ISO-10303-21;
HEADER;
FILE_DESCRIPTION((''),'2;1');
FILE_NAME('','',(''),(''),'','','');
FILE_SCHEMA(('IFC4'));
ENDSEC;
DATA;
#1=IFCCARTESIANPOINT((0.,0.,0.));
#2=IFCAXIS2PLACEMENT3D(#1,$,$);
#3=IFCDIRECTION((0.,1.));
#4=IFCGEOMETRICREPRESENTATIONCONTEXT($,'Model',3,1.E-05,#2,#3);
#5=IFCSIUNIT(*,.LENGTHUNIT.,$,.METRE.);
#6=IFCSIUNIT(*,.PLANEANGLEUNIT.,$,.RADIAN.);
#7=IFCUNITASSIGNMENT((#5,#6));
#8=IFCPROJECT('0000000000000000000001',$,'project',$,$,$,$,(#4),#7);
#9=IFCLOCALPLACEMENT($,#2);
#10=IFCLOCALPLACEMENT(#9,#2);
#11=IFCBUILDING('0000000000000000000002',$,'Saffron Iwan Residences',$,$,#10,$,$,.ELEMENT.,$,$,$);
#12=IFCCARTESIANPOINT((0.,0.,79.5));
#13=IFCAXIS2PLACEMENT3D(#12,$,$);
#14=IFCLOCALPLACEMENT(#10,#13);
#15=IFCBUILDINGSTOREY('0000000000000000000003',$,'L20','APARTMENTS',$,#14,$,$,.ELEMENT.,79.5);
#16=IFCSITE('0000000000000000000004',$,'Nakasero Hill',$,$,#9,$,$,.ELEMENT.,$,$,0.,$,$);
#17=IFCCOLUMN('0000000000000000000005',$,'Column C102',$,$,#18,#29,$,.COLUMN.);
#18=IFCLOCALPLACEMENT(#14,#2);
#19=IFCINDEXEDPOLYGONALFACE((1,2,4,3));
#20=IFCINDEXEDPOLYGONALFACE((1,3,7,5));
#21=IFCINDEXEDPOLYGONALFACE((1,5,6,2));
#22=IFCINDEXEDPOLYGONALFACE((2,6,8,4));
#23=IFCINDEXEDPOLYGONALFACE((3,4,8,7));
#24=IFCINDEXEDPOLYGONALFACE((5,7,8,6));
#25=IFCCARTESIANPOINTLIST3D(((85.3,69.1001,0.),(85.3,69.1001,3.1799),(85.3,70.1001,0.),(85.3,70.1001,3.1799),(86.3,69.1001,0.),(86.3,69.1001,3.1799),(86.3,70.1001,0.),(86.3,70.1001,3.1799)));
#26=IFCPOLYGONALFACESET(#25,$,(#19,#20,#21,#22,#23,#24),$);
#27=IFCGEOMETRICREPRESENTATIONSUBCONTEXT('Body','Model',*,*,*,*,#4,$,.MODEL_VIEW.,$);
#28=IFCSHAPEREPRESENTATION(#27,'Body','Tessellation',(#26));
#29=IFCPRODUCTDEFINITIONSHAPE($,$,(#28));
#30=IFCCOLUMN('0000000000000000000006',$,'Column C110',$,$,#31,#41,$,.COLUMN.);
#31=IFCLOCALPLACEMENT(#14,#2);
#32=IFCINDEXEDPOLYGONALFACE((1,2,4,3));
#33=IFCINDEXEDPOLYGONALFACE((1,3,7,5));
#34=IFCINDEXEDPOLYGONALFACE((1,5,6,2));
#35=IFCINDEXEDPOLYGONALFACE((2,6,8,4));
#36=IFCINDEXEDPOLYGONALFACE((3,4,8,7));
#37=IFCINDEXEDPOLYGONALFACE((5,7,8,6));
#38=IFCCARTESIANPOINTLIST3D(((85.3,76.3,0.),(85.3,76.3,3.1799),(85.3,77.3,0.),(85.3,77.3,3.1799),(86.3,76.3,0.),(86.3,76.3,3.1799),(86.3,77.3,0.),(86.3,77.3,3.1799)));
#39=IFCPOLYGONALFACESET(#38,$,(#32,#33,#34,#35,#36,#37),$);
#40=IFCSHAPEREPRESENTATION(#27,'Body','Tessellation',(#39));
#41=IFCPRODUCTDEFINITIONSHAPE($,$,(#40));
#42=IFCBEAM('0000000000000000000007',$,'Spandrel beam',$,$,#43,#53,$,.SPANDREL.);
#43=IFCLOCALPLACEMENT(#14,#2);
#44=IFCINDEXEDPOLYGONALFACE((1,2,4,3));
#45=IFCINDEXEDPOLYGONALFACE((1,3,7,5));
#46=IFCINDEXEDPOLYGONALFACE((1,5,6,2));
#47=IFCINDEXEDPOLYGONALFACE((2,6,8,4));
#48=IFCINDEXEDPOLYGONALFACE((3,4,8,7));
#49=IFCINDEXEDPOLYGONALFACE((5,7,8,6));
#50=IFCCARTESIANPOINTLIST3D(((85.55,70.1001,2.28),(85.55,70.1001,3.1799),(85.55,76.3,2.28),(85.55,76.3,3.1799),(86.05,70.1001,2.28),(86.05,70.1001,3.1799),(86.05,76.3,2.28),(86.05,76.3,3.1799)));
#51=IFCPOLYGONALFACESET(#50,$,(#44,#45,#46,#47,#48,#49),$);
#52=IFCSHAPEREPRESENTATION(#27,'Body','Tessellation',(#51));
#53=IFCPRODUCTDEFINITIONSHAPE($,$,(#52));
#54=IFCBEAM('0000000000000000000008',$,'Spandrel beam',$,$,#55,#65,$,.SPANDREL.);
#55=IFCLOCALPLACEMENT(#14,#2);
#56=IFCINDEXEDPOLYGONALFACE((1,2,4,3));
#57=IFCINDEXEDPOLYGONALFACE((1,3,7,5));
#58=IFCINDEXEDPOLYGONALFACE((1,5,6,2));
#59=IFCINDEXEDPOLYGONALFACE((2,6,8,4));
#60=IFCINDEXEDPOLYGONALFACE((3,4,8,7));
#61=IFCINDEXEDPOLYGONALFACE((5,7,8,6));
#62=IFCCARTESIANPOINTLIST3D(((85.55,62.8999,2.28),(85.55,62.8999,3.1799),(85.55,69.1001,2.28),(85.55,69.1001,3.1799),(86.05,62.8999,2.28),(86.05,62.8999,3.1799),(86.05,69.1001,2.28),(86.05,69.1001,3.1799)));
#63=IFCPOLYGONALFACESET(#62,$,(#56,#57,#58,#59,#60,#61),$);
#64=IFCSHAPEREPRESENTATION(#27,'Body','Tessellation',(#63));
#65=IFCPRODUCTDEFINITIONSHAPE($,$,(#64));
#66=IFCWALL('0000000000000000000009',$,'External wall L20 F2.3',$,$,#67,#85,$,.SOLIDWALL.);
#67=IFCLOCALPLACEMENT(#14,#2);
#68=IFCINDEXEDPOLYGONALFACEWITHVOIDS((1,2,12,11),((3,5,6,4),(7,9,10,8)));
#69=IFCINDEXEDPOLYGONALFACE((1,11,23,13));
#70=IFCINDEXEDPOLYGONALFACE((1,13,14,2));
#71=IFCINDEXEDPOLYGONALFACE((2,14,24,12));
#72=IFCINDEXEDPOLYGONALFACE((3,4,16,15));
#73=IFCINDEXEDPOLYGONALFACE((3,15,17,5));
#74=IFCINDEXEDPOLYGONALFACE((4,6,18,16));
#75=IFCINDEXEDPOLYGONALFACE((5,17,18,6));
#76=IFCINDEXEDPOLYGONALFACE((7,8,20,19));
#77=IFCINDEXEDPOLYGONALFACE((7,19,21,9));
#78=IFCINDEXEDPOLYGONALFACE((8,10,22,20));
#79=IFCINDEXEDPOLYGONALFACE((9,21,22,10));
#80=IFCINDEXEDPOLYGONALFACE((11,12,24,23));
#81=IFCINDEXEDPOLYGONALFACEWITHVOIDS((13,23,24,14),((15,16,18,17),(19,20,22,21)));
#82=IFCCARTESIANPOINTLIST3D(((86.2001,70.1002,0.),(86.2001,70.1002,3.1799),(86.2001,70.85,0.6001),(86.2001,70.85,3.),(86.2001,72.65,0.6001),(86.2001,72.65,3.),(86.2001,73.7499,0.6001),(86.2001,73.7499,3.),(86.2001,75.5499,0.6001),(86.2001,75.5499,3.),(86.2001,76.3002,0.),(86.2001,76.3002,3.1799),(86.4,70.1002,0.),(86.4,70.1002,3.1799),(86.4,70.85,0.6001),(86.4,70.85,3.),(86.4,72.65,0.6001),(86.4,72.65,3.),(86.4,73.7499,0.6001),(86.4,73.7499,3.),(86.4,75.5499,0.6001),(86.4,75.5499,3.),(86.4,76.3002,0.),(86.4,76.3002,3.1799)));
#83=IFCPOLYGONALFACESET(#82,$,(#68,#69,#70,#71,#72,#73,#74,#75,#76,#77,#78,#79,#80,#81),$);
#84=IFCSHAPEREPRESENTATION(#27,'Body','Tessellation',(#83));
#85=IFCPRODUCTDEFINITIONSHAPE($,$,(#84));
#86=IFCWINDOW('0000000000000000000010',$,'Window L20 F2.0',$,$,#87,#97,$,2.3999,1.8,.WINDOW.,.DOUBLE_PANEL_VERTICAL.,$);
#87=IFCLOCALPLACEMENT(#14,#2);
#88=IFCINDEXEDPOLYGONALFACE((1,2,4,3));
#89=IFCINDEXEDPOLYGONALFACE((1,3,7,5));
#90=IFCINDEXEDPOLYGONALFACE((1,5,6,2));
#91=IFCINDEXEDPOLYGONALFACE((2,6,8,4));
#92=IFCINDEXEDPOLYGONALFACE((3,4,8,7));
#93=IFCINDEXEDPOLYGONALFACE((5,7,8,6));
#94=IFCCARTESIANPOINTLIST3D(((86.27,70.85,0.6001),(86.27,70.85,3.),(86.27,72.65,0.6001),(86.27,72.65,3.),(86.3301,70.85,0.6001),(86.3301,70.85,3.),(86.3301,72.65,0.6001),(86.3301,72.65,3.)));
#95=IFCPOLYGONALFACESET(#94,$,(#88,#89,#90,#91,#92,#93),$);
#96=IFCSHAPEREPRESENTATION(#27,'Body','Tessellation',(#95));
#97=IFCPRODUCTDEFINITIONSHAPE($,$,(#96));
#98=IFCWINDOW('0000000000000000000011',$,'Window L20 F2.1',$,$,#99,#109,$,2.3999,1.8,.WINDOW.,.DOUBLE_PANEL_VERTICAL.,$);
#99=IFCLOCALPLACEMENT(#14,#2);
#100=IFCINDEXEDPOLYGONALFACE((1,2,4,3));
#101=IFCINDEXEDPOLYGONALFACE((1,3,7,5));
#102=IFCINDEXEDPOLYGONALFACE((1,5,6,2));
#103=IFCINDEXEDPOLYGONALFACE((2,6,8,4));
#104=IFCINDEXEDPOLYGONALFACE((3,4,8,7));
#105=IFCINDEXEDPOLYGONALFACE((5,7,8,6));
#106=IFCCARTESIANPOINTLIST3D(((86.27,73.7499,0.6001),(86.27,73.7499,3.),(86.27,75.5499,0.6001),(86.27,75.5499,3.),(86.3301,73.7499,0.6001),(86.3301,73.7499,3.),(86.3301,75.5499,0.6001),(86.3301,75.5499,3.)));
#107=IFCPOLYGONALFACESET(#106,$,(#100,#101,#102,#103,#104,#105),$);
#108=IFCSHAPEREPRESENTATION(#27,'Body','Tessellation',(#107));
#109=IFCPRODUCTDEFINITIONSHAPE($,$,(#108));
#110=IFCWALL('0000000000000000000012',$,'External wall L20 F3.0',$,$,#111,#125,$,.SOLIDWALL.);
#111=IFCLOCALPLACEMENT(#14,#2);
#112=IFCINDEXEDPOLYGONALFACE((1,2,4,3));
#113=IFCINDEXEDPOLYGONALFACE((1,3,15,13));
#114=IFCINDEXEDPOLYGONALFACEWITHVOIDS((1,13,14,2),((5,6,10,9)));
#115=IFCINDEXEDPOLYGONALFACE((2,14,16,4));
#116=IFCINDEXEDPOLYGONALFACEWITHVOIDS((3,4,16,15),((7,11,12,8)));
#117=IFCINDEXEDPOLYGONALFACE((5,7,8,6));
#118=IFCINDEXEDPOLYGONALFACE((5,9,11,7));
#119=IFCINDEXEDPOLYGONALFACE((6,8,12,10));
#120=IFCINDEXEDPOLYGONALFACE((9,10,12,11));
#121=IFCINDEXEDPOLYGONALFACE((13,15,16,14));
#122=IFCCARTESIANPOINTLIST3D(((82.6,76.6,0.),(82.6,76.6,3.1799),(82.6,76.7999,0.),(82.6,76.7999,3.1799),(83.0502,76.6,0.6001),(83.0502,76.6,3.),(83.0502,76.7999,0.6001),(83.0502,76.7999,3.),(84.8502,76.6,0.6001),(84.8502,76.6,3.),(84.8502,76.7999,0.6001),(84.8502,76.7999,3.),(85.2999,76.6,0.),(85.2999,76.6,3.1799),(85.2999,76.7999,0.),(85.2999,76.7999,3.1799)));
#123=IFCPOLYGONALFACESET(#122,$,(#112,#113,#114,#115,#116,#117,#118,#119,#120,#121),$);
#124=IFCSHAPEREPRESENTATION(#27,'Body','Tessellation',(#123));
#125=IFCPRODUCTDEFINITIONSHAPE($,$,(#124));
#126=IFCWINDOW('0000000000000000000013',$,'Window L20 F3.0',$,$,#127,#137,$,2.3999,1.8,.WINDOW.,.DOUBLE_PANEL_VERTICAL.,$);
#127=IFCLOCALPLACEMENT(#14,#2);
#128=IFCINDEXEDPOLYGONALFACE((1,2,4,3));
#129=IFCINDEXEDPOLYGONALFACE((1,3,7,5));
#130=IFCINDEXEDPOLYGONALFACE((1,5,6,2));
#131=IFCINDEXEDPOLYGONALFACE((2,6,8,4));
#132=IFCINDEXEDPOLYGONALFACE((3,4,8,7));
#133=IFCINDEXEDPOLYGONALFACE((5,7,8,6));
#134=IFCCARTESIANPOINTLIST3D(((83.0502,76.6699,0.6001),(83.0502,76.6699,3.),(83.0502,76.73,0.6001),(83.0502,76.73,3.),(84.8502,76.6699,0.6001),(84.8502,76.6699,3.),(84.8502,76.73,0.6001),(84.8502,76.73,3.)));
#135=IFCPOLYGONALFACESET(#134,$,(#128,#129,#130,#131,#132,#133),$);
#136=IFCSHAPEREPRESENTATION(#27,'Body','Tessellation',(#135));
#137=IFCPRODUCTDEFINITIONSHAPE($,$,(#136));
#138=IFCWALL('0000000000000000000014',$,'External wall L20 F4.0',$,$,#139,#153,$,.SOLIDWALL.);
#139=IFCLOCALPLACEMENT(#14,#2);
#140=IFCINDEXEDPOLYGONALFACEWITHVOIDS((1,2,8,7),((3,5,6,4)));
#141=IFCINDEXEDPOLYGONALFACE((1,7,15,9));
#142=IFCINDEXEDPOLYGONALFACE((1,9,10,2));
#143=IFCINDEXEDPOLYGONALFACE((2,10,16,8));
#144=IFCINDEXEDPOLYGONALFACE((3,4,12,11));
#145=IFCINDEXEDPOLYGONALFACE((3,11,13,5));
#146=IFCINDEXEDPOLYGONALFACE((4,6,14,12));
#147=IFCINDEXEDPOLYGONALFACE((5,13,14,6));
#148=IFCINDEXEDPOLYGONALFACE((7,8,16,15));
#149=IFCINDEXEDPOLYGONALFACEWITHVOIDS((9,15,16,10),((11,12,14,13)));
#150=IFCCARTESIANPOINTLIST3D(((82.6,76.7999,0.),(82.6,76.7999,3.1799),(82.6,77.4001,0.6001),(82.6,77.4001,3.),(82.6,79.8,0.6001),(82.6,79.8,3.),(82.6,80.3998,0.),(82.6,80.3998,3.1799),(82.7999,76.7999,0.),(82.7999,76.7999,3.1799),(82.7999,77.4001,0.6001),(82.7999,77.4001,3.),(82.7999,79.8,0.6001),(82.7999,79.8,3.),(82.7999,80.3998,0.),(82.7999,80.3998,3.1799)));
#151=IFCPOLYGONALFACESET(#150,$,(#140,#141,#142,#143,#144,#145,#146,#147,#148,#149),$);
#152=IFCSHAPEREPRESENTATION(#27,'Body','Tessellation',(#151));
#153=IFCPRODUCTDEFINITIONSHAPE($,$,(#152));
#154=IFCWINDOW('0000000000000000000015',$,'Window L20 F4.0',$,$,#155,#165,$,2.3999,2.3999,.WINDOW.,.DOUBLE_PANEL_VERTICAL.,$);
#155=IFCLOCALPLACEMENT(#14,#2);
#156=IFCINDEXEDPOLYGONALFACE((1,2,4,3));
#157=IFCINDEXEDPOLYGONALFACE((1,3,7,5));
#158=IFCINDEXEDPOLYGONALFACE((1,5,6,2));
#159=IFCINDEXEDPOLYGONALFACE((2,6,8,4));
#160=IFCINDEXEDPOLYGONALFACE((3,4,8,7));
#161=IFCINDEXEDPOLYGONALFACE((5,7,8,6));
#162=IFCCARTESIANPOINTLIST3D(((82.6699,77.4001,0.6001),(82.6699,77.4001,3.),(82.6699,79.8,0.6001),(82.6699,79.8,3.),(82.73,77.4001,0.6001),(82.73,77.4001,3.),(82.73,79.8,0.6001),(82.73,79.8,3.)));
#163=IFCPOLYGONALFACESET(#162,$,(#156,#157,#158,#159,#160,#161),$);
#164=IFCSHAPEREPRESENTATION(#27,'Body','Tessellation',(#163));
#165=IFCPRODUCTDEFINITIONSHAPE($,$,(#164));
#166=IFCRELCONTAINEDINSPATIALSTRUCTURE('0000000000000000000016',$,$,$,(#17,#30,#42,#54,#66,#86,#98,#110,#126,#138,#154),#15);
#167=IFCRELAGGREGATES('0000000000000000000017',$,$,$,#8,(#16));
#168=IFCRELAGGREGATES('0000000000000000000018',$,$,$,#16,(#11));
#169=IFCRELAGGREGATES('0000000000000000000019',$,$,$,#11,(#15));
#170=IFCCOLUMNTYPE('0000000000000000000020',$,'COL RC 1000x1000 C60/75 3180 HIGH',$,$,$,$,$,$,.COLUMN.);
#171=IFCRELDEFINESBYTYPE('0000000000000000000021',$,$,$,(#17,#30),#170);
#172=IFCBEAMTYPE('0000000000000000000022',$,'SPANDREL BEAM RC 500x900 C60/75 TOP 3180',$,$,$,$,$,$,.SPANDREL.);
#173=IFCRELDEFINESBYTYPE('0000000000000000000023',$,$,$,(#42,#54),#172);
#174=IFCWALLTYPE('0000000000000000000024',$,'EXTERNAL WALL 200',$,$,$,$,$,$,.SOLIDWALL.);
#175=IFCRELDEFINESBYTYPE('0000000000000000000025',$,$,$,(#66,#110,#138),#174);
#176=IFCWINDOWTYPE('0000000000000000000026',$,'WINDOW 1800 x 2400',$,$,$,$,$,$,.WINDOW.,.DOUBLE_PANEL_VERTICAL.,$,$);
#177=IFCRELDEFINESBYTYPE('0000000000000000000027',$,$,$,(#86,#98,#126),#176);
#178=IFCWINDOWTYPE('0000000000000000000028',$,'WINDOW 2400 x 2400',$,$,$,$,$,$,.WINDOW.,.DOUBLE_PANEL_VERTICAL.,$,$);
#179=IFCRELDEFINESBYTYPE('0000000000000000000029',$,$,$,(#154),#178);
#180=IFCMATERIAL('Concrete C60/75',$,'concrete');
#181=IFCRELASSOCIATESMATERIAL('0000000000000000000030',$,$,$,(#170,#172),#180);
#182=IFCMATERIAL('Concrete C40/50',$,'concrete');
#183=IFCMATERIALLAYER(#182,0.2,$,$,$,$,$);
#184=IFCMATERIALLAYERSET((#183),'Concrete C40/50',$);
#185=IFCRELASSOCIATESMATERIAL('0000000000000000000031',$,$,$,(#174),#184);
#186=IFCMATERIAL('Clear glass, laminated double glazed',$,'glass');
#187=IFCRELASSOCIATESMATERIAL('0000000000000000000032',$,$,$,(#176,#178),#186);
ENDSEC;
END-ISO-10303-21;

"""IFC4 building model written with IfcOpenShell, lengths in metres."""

from ifc_helpers import new_model, si_unit, direction, frame, frame_2d, origin, origin_2d, place, context, subcontext, project, spatial, rectangle, extrude, source, transform, mapped, material, layer, layer_set, material_profile, profile_set, type_object, element, fill, save


model = new_model("IFC4")

# Units and contexts
model_context = context("Model", 3, precision=1e-05, world=origin(), true_north=direction((0.0, 1.0)))
body_context = subcontext(model_context, "Body", "Model", "MODEL_VIEW")
ifc_project = project(units=[si_unit("LENGTHUNIT", "METRE"), si_unit("PLANEANGLEUNIT", "RADIAN")], contexts=[model_context])

# Site, building, storey
site_placement = place(None, origin())
site = spatial("IfcSite", under=ifc_project, at=site_placement, Name="Nakasero Hill", CompositionType="ELEMENT", RefElevation=0.0)
building_placement = place(site_placement, origin())
building = spatial("IfcBuilding", under=site, at=building_placement, Name="Saffron Iwan Residences", CompositionType="ELEMENT")
storey_placement = place(building_placement, frame((0.0, 0.0, 79.5)))
storey = spatial("IfcBuildingStorey", under=building, at=storey_placement, Name="L20", Description="APARTMENTS", CompositionType="ELEMENT", Elevation=79.5)

# Columns
ifc_material_1 = material(Name="Concrete C60/75", Category="concrete")
ifc_material_profile_1 = material_profile(ifc_material_1, rectangle(XDim=1.0, YDim=1.0, at=origin_2d()), Name="RC 1000x1000")
ifc_profile_set_1 = profile_set([ifc_material_profile_1], Name="Concrete C60/75")
column_type = type_object("IfcColumnType", Name="COL RC 1000x1000 C60/75 3180 HIGH", PredefinedType="COLUMN", material=ifc_profile_set_1)
shared_shape_1 = source(origin(), body_context, "Body", "SweptSolid", [
    extrude(rectangle(XDim=1.0, YDim=1.0, at=origin_2d()), origin(), (0.0, 0.0, 1.0), 3.1799),
])
for number, where, z_axis, x_axis, name in (
    (1, (85.8, 69.6001, 0.0), (0.0, 0.0, 1.0), (1.0, 0.0, 0.0), "Column C102"),
    (2, (85.8, 76.8, 0.0), (0.0, 0.0, 1.0), (1.0, 0.0, 0.0), "Column C110"),
):
    element("IfcColumn", number, at=place(storey_placement, frame(where, z_axis=z_axis, x_axis=x_axis)), inside=storey, type_object=column_type, Name=name, PredefinedType="COLUMN", context=body_context, shape_type="MappedRepresentation", body=[
        mapped(shared_shape_1, transform((0.0, 0.0, 0.0))),
    ])

# Beams
ifc_material_profile_2 = material_profile(ifc_material_1, rectangle(XDim=0.5, YDim=0.8999, at=origin_2d()), Name="RC 500x900")
ifc_profile_set_2 = profile_set([ifc_material_profile_2], Name="Concrete C60/75")
beam_type = type_object("IfcBeamType", Name="SPANDREL BEAM RC 500x900 C60/75 TOP 3180", PredefinedType="SPANDREL", material=ifc_profile_set_2)
shared_shape_2 = source(origin(), body_context, "Body", "SweptSolid", [
    extrude(rectangle(XDim=0.5, YDim=0.8999, at=origin_2d()), origin(), (0.0, 0.0, 1.0), 6.2),
])
beam_1_placement = place(storey_placement, frame((85.8, 76.3, 2.73), z_axis=(0.0, -1.0, 0.0), x_axis=(1.0, 0.0, 0.0)))
element("IfcBeam", 3, at=beam_1_placement, inside=storey, type_object=beam_type, Name="Spandrel beam", PredefinedType="SPANDREL", context=body_context, shape_type="MappedRepresentation", body=[
    mapped(shared_shape_2, transform((0.0, 0.0, 0.0))),
])
shared_shape_3 = source(origin(), body_context, "Body", "SweptSolid", [
    extrude(rectangle(XDim=0.5, YDim=0.8999, at=origin_2d()), origin(), (0.0, 0.0, 1.0), 6.2002),
])
beam_2_placement = place(storey_placement, frame((85.8, 69.1001, 2.73), z_axis=(0.0, -1.0, 0.0), x_axis=(1.0, 0.0, 0.0)))
element("IfcBeam", 4, at=beam_2_placement, inside=storey, type_object=beam_type, Name="Spandrel beam", PredefinedType="SPANDREL", context=body_context, shape_type="MappedRepresentation", body=[
    mapped(shared_shape_3, transform((0.0, 0.0, 0.0))),
])

# Wall, openings, windows
ifc_material_2 = material(Name="Concrete C40/50", Category="concrete")
ifc_layer = layer(ifc_material_2, 0.2)
ifc_layer_set = layer_set([ifc_layer], Name="Concrete C40/50")
wall_type = type_object("IfcWallType", Name="EXTERNAL WALL 200", PredefinedType="SOLIDWALL", material=ifc_layer_set)
wall_1_placement = place(storey_placement, frame((86.3, 70.1001, 0.0), z_axis=(0.0, 0.0, 1.0), x_axis=(0.0, 1.0, 0.0)))
wall_1 = element("IfcWall", 5, at=wall_1_placement, inside=storey, type_object=wall_type, Name="External wall L20 F2.3", PredefinedType="SOLIDWALL", context=body_context, shape_type="SweptSolid", body=[
    extrude(rectangle(XDim=6.2, YDim=0.2, at=frame_2d((3.1001, 0.0))), origin(), (0.0, 0.0, 1.0), 3.1799),
])
opening_1_placement = place(wall_1_placement, frame((0.75, 0.0, 0.6001)))
opening_1 = element("IfcOpeningElement", 6, at=opening_1_placement, cuts=wall_1, PredefinedType="OPENING", context=body_context, shape_type="SweptSolid", body=[
    extrude(rectangle(XDim=1.8, YDim=2.3999, at=frame_2d((0.8999, 1.2))), frame((0.0, 0.1099, 0.0), z_axis=(0.0, -1.0, 0.0), x_axis=(1.0, 0.0, 0.0)), (0.0, 0.0, 1.0), 0.22),
])
opening_2_placement = place(wall_1_placement, frame((3.6499, 0.0, 0.6001)))
opening_2 = element("IfcOpeningElement", 7, at=opening_2_placement, cuts=wall_1, PredefinedType="OPENING", context=body_context, shape_type="SweptSolid", body=[
    extrude(rectangle(XDim=1.8, YDim=2.3999, at=frame_2d((0.8999, 1.2))), frame((0.0, 0.1099, 0.0), z_axis=(0.0, -1.0, 0.0), x_axis=(1.0, 0.0, 0.0)), (0.0, 0.0, 1.0), 0.22),
])
ifc_material_3 = material(Name="Clear glass, laminated double glazed", Category="glass")
window_type_1 = type_object("IfcWindowType", Name="WINDOW 1800 x 2400", PartitioningType="DOUBLE_PANEL_VERTICAL", PredefinedType="WINDOW", material=ifc_material_3)
window_1_placement = place(opening_1_placement, origin())
window_1 = element("IfcWindow", 8, at=window_1_placement, inside=storey, type_object=window_type_1, Name="Window L20 F2.0", OverallHeight=2.3999, OverallWidth=1.8, PartitioningType="DOUBLE_PANEL_VERTICAL", PredefinedType="WINDOW", context=body_context, shape_type="SweptSolid", body=[
    extrude(rectangle(XDim=1.8, YDim=2.3999, at=frame_2d((0.8999, 1.2))), frame((0.0, 0.03, 0.0), z_axis=(0.0, -1.0, 0.0), x_axis=(1.0, 0.0, 0.0)), (0.0, 0.0, 1.0), 0.0601),
])
fill(opening_1, window_1)
window_2_placement = place(opening_2_placement, origin())
window_2 = element("IfcWindow", 9, at=window_2_placement, inside=storey, type_object=window_type_1, Name="Window L20 F2.1", OverallHeight=2.3999, OverallWidth=1.8, PartitioningType="DOUBLE_PANEL_VERTICAL", PredefinedType="WINDOW", context=body_context, shape_type="SweptSolid", body=[
    extrude(rectangle(XDim=1.8, YDim=2.3999, at=frame_2d((0.8999, 1.2))), frame((0.0, 0.03, 0.0), z_axis=(0.0, -1.0, 0.0), x_axis=(1.0, 0.0, 0.0)), (0.0, 0.0, 1.0), 0.0601),
])
fill(opening_2, window_2)

# Walls, openings, windows
wall_2_placement = place(storey_placement, frame((85.3, 76.7, 0.0), z_axis=(0.0, 0.0, 1.0), x_axis=(-1.0, 0.0, 0.0)))
wall_2 = element("IfcWall", 10, at=wall_2_placement, inside=storey, type_object=wall_type, Name="External wall L20 F3.0", PredefinedType="SOLIDWALL", context=body_context, shape_type="SweptSolid", body=[
    extrude(rectangle(XDim=2.7, YDim=0.2, at=frame_2d((1.3501, 0.0))), origin(), (0.0, 0.0, 1.0), 3.1799),
])
opening_3_placement = place(wall_2_placement, frame((0.45, 0.0, 0.6001)))
opening_3 = element("IfcOpeningElement", 11, at=opening_3_placement, cuts=wall_2, PredefinedType="OPENING", context=body_context, shape_type="SweptSolid", body=[
    extrude(rectangle(XDim=1.8, YDim=2.3999, at=frame_2d((0.8999, 1.2))), frame((0.0, 0.1099, 0.0), z_axis=(0.0, -1.0, 0.0), x_axis=(1.0, 0.0, 0.0)), (0.0, 0.0, 1.0), 0.22),
])
window_3_placement = place(opening_3_placement, origin())
window_3 = element("IfcWindow", 12, at=window_3_placement, inside=storey, type_object=window_type_1, Name="Window L20 F3.0", OverallHeight=2.3999, OverallWidth=1.8, PartitioningType="DOUBLE_PANEL_VERTICAL", PredefinedType="WINDOW", context=body_context, shape_type="SweptSolid", body=[
    extrude(rectangle(XDim=1.8, YDim=2.3999, at=frame_2d((0.8999, 1.2))), frame((0.0, 0.03, 0.0), z_axis=(0.0, -1.0, 0.0), x_axis=(1.0, 0.0, 0.0)), (0.0, 0.0, 1.0), 0.0601),
])
fill(opening_3, window_3)
wall_3_placement = place(storey_placement, frame((82.7, 76.8, 0.0), z_axis=(0.0, 0.0, 1.0), x_axis=(0.0, 1.0, 0.0)))
wall_3 = element("IfcWall", 13, at=wall_3_placement, inside=storey, type_object=wall_type, Name="External wall L20 F4.0", PredefinedType="SOLIDWALL", context=body_context, shape_type="SweptSolid", body=[
    extrude(rectangle(XDim=3.5999, YDim=0.2, at=frame_2d((1.7998, 0.0))), origin(), (0.0, 0.0, 1.0), 3.1799),
])
opening_4_placement = place(wall_3_placement, frame((0.6001, 0.0, 0.6001)))
opening_4 = element("IfcOpeningElement", 14, at=opening_4_placement, cuts=wall_3, PredefinedType="OPENING", context=body_context, shape_type="SweptSolid", body=[
    extrude(rectangle(XDim=2.3999, YDim=2.3999, at=frame_2d((1.2, 1.2))), frame((0.0, 0.1099, 0.0), z_axis=(0.0, -1.0, 0.0), x_axis=(1.0, 0.0, 0.0)), (0.0, 0.0, 1.0), 0.22),
])
window_type_2 = type_object("IfcWindowType", Name="WINDOW 2400 x 2400", PartitioningType="DOUBLE_PANEL_VERTICAL", PredefinedType="WINDOW", material=ifc_material_3)
window_4_placement = place(opening_4_placement, origin())
window_4 = element("IfcWindow", 15, at=window_4_placement, inside=storey, type_object=window_type_2, Name="Window L20 F4.0", OverallHeight=2.3999, OverallWidth=2.3999, PartitioningType="DOUBLE_PANEL_VERTICAL", PredefinedType="WINDOW", context=body_context, shape_type="SweptSolid", body=[
    extrude(rectangle(XDim=2.3999, YDim=2.3999, at=frame_2d((1.2, 1.2))), frame((0.0, 0.03, 0.0), z_axis=(0.0, -1.0, 0.0), x_axis=(1.0, 0.0, 0.0)), (0.0, 0.0, 1.0), 0.0601),
])
fill(opening_4, window_4)

save(model, "model.ifc")
